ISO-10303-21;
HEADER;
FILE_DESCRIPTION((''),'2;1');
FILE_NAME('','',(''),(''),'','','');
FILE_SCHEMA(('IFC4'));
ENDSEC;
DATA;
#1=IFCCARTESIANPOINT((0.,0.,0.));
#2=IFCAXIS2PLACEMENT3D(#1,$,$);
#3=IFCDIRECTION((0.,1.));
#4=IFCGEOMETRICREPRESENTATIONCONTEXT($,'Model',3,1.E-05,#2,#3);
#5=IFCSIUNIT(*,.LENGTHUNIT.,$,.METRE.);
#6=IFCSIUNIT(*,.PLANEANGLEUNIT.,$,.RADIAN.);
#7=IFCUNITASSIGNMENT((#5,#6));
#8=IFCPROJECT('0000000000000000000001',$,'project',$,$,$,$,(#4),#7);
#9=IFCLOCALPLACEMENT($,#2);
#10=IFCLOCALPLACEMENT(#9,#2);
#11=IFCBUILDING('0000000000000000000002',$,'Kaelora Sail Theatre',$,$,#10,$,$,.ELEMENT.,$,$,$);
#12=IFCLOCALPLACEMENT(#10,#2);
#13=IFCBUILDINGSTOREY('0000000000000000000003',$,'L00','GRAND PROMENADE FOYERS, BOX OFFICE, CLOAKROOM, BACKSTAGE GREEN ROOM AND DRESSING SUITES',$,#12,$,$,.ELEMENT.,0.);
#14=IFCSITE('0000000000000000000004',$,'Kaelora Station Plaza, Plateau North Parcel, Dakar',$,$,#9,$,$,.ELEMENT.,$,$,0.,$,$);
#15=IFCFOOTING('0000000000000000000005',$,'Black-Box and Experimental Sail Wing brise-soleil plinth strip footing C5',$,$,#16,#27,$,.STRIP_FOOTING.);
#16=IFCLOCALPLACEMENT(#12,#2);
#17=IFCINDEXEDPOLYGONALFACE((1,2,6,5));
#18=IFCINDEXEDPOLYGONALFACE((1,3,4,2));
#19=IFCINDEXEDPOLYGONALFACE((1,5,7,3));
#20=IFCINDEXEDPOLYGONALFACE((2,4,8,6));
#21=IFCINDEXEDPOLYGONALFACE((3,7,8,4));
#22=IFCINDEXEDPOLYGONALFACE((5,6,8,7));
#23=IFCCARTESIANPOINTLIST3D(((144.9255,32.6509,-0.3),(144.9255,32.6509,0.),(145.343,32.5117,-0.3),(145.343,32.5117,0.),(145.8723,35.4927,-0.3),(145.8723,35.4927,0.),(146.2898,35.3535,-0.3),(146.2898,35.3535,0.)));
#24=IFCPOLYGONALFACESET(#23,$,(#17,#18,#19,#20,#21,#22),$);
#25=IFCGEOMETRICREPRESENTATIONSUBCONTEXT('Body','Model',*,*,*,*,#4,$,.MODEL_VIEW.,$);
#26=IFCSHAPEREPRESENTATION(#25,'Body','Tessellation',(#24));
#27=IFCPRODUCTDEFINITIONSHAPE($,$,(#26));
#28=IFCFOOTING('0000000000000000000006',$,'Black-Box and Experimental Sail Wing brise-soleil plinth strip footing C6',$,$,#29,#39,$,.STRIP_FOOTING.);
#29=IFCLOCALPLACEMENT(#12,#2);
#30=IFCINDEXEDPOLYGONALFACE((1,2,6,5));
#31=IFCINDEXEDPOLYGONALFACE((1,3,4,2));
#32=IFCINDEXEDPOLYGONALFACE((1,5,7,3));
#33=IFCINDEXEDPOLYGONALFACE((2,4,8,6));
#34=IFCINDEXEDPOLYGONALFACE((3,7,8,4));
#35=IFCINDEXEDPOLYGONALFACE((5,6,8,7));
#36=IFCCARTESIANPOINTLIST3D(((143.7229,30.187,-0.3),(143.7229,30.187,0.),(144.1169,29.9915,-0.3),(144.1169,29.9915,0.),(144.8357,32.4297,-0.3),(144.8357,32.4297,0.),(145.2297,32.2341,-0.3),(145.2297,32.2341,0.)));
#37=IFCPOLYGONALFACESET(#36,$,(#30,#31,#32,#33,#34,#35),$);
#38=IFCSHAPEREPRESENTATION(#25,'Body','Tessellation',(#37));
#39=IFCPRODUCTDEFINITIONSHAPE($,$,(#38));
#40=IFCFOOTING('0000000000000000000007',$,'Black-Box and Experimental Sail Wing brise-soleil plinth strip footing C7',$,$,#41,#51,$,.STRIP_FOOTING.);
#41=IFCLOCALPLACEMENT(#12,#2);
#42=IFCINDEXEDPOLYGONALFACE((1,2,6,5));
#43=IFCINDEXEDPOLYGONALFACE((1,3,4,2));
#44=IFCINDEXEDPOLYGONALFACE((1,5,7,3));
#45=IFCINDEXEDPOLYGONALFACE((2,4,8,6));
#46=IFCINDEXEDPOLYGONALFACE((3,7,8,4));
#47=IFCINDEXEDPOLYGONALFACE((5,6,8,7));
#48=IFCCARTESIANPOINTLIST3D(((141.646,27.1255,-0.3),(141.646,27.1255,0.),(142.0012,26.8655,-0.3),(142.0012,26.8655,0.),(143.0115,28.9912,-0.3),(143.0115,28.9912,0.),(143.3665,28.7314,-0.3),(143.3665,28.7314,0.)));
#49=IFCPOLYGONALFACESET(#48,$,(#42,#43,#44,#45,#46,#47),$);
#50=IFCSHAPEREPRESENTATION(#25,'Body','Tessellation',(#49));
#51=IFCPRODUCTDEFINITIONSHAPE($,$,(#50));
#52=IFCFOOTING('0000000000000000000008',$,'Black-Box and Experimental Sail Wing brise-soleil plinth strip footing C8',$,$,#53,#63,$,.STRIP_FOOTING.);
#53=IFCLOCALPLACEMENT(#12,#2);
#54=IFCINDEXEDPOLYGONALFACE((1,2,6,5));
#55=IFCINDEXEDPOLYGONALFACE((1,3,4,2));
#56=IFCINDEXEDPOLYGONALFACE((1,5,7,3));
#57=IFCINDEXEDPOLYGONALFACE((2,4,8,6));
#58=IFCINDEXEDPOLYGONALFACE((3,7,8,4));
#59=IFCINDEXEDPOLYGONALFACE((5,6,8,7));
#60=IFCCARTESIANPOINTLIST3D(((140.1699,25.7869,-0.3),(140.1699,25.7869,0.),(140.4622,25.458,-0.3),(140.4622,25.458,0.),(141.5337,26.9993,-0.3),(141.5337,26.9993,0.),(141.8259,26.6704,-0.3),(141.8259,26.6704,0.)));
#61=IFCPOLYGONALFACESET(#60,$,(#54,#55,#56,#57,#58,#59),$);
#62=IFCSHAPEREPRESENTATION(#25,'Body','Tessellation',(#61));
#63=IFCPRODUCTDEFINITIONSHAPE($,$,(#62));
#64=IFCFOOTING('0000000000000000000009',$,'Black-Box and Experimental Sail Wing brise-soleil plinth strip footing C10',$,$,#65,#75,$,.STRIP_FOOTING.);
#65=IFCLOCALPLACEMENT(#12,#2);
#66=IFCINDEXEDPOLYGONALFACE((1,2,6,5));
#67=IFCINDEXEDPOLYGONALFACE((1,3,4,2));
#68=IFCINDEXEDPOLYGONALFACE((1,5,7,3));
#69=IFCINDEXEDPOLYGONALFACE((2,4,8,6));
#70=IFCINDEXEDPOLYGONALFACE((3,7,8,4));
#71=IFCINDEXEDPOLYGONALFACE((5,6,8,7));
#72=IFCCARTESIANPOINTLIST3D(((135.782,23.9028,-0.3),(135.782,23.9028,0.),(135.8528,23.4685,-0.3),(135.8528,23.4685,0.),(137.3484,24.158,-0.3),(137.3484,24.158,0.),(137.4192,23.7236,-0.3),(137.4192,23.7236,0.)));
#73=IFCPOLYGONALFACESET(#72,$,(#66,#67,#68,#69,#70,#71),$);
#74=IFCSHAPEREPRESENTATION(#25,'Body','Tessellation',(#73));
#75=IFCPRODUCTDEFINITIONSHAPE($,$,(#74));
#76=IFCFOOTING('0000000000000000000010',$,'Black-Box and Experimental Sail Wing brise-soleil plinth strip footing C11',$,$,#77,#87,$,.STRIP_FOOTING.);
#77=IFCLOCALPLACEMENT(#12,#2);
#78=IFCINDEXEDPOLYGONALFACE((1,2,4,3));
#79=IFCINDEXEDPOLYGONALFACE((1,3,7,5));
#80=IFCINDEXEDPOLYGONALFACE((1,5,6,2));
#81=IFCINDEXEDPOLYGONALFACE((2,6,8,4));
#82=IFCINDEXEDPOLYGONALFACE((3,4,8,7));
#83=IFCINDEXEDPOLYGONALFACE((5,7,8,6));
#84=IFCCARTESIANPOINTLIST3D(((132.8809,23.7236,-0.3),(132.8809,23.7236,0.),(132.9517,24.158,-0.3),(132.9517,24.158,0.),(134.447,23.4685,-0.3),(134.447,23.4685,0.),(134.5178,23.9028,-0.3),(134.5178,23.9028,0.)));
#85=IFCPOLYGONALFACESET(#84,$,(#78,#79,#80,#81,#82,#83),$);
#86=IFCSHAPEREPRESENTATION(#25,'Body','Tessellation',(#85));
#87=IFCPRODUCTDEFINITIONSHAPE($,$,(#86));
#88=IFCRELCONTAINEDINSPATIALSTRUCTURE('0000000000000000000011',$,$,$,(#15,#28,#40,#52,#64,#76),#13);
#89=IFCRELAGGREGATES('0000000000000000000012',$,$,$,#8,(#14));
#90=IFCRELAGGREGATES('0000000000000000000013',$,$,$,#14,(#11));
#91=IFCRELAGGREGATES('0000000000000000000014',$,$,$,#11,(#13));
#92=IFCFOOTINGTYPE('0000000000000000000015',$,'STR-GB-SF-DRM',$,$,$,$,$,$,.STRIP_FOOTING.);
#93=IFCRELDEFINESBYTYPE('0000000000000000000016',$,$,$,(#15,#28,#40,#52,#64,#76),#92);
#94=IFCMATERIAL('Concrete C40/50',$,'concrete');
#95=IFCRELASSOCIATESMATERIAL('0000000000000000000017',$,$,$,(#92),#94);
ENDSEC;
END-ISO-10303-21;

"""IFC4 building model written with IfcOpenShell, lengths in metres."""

from ifc_helpers import new_model, si_unit, direction, frame, origin, place, context, subcontext, project, spatial, polyline, outline, extrude, material, type_object, element, save


model = new_model("IFC4")

# Units and contexts
model_context = context("Model", 3, precision=1e-05, world=origin(), true_north=direction((0.0, 1.0)))
body_context = subcontext(model_context, "Body", "Model", "MODEL_VIEW")
ifc_project = project(units=[si_unit("LENGTHUNIT", "METRE"), si_unit("PLANEANGLEUNIT", "RADIAN")], contexts=[model_context])

# Site, building, storey
site_placement = place(None, origin())
site = spatial("IfcSite", under=ifc_project, at=site_placement, Name="Kaelora Station Plaza, Plateau North Parcel, Dakar", CompositionType="ELEMENT", RefElevation=0.0)
building_placement = place(site_placement, origin())
building = spatial("IfcBuilding", under=site, at=building_placement, Name="Kaelora Sail Theatre", CompositionType="ELEMENT")
storey_placement = place(building_placement, origin())
storey = spatial("IfcBuildingStorey", under=building, at=storey_placement, Name="L00", Description="GRAND PROMENADE FOYERS, BOX OFFICE, CLOAKROOM, BACKSTAGE GREEN ROOM AND DRESSING SUITES", CompositionType="ELEMENT", Elevation=0.0)

# Footings
ifc_material = material(Name="Concrete C40/50", Category="concrete")
footing_type = type_object("IfcFootingType", Name="STR-GB-SF-DRM", PredefinedType="STRIP_FOOTING", material=ifc_material)
footing_1_placement = place(storey_placement, frame((0.0, 0.0, -0.3)))
element("IfcFooting", 1, at=footing_1_placement, inside=storey, type_object=footing_type, Name="Black-Box and Experimental Sail Wing brise-soleil plinth strip footing C5", PredefinedType="STRIP_FOOTING", context=body_context, shape_type="SweptSolid", body=[
    extrude(outline(polyline([(145.8723, 35.4927), (144.9255, 32.6509), (145.343, 32.5117), (146.2898, 35.3535), (145.8723, 35.4927)])), origin(), (0.0, 0.0, 1.0), 0.3),
])
footing_2_placement = place(storey_placement, frame((0.0, 0.0, -0.3)))
element("IfcFooting", 2, at=footing_2_placement, inside=storey, type_object=footing_type, Name="Black-Box and Experimental Sail Wing brise-soleil plinth strip footing C6", PredefinedType="STRIP_FOOTING", context=body_context, shape_type="SweptSolid", body=[
    extrude(outline(polyline([(144.8357, 32.4297), (143.7229, 30.187), (144.1169, 29.9915), (145.2297, 32.2341), (144.8357, 32.4297)])), origin(), (0.0, 0.0, 1.0), 0.3),
])
footing_3_placement = place(storey_placement, frame((0.0, 0.0, -0.3)))
element("IfcFooting", 3, at=footing_3_placement, inside=storey, type_object=footing_type, Name="Black-Box and Experimental Sail Wing brise-soleil plinth strip footing C7", PredefinedType="STRIP_FOOTING", context=body_context, shape_type="SweptSolid", body=[
    extrude(outline(polyline([(143.0115, 28.9912), (141.646, 27.1255), (142.0012, 26.8655), (143.3665, 28.7314), (143.0115, 28.9912)])), origin(), (0.0, 0.0, 1.0), 0.3),
])
footing_4_placement = place(storey_placement, frame((0.0, 0.0, -0.3)))
element("IfcFooting", 4, at=footing_4_placement, inside=storey, type_object=footing_type, Name="Black-Box and Experimental Sail Wing brise-soleil plinth strip footing C8", PredefinedType="STRIP_FOOTING", context=body_context, shape_type="SweptSolid", body=[
    extrude(outline(polyline([(141.5337, 26.9993), (140.1699, 25.7869), (140.4622, 25.458), (141.8259, 26.6704), (141.5337, 26.9993)])), origin(), (0.0, 0.0, 1.0), 0.3),
])
footing_5_placement = place(storey_placement, frame((0.0, 0.0, -0.3)))
element("IfcFooting", 5, at=footing_5_placement, inside=storey, type_object=footing_type, Name="Black-Box and Experimental Sail Wing brise-soleil plinth strip footing C10", PredefinedType="STRIP_FOOTING", context=body_context, shape_type="SweptSolid", body=[
    extrude(outline(polyline([(137.3484, 24.158), (135.782, 23.9028), (135.8528, 23.4685), (137.4192, 23.7236), (137.3484, 24.158)])), origin(), (0.0, 0.0, 1.0), 0.3),
])
footing_6_placement = place(storey_placement, frame((0.0, 0.0, -0.3)))
element("IfcFooting", 6, at=footing_6_placement, inside=storey, type_object=footing_type, Name="Black-Box and Experimental Sail Wing brise-soleil plinth strip footing C11", PredefinedType="STRIP_FOOTING", context=body_context, shape_type="SweptSolid", body=[
    extrude(outline(polyline([(134.5178, 23.9028), (132.9517, 24.158), (132.8809, 23.7236), (134.447, 23.4685), (134.5178, 23.9028)])), origin(), (0.0, 0.0, 1.0), 0.3),
])

save(model, "model.ifc")
